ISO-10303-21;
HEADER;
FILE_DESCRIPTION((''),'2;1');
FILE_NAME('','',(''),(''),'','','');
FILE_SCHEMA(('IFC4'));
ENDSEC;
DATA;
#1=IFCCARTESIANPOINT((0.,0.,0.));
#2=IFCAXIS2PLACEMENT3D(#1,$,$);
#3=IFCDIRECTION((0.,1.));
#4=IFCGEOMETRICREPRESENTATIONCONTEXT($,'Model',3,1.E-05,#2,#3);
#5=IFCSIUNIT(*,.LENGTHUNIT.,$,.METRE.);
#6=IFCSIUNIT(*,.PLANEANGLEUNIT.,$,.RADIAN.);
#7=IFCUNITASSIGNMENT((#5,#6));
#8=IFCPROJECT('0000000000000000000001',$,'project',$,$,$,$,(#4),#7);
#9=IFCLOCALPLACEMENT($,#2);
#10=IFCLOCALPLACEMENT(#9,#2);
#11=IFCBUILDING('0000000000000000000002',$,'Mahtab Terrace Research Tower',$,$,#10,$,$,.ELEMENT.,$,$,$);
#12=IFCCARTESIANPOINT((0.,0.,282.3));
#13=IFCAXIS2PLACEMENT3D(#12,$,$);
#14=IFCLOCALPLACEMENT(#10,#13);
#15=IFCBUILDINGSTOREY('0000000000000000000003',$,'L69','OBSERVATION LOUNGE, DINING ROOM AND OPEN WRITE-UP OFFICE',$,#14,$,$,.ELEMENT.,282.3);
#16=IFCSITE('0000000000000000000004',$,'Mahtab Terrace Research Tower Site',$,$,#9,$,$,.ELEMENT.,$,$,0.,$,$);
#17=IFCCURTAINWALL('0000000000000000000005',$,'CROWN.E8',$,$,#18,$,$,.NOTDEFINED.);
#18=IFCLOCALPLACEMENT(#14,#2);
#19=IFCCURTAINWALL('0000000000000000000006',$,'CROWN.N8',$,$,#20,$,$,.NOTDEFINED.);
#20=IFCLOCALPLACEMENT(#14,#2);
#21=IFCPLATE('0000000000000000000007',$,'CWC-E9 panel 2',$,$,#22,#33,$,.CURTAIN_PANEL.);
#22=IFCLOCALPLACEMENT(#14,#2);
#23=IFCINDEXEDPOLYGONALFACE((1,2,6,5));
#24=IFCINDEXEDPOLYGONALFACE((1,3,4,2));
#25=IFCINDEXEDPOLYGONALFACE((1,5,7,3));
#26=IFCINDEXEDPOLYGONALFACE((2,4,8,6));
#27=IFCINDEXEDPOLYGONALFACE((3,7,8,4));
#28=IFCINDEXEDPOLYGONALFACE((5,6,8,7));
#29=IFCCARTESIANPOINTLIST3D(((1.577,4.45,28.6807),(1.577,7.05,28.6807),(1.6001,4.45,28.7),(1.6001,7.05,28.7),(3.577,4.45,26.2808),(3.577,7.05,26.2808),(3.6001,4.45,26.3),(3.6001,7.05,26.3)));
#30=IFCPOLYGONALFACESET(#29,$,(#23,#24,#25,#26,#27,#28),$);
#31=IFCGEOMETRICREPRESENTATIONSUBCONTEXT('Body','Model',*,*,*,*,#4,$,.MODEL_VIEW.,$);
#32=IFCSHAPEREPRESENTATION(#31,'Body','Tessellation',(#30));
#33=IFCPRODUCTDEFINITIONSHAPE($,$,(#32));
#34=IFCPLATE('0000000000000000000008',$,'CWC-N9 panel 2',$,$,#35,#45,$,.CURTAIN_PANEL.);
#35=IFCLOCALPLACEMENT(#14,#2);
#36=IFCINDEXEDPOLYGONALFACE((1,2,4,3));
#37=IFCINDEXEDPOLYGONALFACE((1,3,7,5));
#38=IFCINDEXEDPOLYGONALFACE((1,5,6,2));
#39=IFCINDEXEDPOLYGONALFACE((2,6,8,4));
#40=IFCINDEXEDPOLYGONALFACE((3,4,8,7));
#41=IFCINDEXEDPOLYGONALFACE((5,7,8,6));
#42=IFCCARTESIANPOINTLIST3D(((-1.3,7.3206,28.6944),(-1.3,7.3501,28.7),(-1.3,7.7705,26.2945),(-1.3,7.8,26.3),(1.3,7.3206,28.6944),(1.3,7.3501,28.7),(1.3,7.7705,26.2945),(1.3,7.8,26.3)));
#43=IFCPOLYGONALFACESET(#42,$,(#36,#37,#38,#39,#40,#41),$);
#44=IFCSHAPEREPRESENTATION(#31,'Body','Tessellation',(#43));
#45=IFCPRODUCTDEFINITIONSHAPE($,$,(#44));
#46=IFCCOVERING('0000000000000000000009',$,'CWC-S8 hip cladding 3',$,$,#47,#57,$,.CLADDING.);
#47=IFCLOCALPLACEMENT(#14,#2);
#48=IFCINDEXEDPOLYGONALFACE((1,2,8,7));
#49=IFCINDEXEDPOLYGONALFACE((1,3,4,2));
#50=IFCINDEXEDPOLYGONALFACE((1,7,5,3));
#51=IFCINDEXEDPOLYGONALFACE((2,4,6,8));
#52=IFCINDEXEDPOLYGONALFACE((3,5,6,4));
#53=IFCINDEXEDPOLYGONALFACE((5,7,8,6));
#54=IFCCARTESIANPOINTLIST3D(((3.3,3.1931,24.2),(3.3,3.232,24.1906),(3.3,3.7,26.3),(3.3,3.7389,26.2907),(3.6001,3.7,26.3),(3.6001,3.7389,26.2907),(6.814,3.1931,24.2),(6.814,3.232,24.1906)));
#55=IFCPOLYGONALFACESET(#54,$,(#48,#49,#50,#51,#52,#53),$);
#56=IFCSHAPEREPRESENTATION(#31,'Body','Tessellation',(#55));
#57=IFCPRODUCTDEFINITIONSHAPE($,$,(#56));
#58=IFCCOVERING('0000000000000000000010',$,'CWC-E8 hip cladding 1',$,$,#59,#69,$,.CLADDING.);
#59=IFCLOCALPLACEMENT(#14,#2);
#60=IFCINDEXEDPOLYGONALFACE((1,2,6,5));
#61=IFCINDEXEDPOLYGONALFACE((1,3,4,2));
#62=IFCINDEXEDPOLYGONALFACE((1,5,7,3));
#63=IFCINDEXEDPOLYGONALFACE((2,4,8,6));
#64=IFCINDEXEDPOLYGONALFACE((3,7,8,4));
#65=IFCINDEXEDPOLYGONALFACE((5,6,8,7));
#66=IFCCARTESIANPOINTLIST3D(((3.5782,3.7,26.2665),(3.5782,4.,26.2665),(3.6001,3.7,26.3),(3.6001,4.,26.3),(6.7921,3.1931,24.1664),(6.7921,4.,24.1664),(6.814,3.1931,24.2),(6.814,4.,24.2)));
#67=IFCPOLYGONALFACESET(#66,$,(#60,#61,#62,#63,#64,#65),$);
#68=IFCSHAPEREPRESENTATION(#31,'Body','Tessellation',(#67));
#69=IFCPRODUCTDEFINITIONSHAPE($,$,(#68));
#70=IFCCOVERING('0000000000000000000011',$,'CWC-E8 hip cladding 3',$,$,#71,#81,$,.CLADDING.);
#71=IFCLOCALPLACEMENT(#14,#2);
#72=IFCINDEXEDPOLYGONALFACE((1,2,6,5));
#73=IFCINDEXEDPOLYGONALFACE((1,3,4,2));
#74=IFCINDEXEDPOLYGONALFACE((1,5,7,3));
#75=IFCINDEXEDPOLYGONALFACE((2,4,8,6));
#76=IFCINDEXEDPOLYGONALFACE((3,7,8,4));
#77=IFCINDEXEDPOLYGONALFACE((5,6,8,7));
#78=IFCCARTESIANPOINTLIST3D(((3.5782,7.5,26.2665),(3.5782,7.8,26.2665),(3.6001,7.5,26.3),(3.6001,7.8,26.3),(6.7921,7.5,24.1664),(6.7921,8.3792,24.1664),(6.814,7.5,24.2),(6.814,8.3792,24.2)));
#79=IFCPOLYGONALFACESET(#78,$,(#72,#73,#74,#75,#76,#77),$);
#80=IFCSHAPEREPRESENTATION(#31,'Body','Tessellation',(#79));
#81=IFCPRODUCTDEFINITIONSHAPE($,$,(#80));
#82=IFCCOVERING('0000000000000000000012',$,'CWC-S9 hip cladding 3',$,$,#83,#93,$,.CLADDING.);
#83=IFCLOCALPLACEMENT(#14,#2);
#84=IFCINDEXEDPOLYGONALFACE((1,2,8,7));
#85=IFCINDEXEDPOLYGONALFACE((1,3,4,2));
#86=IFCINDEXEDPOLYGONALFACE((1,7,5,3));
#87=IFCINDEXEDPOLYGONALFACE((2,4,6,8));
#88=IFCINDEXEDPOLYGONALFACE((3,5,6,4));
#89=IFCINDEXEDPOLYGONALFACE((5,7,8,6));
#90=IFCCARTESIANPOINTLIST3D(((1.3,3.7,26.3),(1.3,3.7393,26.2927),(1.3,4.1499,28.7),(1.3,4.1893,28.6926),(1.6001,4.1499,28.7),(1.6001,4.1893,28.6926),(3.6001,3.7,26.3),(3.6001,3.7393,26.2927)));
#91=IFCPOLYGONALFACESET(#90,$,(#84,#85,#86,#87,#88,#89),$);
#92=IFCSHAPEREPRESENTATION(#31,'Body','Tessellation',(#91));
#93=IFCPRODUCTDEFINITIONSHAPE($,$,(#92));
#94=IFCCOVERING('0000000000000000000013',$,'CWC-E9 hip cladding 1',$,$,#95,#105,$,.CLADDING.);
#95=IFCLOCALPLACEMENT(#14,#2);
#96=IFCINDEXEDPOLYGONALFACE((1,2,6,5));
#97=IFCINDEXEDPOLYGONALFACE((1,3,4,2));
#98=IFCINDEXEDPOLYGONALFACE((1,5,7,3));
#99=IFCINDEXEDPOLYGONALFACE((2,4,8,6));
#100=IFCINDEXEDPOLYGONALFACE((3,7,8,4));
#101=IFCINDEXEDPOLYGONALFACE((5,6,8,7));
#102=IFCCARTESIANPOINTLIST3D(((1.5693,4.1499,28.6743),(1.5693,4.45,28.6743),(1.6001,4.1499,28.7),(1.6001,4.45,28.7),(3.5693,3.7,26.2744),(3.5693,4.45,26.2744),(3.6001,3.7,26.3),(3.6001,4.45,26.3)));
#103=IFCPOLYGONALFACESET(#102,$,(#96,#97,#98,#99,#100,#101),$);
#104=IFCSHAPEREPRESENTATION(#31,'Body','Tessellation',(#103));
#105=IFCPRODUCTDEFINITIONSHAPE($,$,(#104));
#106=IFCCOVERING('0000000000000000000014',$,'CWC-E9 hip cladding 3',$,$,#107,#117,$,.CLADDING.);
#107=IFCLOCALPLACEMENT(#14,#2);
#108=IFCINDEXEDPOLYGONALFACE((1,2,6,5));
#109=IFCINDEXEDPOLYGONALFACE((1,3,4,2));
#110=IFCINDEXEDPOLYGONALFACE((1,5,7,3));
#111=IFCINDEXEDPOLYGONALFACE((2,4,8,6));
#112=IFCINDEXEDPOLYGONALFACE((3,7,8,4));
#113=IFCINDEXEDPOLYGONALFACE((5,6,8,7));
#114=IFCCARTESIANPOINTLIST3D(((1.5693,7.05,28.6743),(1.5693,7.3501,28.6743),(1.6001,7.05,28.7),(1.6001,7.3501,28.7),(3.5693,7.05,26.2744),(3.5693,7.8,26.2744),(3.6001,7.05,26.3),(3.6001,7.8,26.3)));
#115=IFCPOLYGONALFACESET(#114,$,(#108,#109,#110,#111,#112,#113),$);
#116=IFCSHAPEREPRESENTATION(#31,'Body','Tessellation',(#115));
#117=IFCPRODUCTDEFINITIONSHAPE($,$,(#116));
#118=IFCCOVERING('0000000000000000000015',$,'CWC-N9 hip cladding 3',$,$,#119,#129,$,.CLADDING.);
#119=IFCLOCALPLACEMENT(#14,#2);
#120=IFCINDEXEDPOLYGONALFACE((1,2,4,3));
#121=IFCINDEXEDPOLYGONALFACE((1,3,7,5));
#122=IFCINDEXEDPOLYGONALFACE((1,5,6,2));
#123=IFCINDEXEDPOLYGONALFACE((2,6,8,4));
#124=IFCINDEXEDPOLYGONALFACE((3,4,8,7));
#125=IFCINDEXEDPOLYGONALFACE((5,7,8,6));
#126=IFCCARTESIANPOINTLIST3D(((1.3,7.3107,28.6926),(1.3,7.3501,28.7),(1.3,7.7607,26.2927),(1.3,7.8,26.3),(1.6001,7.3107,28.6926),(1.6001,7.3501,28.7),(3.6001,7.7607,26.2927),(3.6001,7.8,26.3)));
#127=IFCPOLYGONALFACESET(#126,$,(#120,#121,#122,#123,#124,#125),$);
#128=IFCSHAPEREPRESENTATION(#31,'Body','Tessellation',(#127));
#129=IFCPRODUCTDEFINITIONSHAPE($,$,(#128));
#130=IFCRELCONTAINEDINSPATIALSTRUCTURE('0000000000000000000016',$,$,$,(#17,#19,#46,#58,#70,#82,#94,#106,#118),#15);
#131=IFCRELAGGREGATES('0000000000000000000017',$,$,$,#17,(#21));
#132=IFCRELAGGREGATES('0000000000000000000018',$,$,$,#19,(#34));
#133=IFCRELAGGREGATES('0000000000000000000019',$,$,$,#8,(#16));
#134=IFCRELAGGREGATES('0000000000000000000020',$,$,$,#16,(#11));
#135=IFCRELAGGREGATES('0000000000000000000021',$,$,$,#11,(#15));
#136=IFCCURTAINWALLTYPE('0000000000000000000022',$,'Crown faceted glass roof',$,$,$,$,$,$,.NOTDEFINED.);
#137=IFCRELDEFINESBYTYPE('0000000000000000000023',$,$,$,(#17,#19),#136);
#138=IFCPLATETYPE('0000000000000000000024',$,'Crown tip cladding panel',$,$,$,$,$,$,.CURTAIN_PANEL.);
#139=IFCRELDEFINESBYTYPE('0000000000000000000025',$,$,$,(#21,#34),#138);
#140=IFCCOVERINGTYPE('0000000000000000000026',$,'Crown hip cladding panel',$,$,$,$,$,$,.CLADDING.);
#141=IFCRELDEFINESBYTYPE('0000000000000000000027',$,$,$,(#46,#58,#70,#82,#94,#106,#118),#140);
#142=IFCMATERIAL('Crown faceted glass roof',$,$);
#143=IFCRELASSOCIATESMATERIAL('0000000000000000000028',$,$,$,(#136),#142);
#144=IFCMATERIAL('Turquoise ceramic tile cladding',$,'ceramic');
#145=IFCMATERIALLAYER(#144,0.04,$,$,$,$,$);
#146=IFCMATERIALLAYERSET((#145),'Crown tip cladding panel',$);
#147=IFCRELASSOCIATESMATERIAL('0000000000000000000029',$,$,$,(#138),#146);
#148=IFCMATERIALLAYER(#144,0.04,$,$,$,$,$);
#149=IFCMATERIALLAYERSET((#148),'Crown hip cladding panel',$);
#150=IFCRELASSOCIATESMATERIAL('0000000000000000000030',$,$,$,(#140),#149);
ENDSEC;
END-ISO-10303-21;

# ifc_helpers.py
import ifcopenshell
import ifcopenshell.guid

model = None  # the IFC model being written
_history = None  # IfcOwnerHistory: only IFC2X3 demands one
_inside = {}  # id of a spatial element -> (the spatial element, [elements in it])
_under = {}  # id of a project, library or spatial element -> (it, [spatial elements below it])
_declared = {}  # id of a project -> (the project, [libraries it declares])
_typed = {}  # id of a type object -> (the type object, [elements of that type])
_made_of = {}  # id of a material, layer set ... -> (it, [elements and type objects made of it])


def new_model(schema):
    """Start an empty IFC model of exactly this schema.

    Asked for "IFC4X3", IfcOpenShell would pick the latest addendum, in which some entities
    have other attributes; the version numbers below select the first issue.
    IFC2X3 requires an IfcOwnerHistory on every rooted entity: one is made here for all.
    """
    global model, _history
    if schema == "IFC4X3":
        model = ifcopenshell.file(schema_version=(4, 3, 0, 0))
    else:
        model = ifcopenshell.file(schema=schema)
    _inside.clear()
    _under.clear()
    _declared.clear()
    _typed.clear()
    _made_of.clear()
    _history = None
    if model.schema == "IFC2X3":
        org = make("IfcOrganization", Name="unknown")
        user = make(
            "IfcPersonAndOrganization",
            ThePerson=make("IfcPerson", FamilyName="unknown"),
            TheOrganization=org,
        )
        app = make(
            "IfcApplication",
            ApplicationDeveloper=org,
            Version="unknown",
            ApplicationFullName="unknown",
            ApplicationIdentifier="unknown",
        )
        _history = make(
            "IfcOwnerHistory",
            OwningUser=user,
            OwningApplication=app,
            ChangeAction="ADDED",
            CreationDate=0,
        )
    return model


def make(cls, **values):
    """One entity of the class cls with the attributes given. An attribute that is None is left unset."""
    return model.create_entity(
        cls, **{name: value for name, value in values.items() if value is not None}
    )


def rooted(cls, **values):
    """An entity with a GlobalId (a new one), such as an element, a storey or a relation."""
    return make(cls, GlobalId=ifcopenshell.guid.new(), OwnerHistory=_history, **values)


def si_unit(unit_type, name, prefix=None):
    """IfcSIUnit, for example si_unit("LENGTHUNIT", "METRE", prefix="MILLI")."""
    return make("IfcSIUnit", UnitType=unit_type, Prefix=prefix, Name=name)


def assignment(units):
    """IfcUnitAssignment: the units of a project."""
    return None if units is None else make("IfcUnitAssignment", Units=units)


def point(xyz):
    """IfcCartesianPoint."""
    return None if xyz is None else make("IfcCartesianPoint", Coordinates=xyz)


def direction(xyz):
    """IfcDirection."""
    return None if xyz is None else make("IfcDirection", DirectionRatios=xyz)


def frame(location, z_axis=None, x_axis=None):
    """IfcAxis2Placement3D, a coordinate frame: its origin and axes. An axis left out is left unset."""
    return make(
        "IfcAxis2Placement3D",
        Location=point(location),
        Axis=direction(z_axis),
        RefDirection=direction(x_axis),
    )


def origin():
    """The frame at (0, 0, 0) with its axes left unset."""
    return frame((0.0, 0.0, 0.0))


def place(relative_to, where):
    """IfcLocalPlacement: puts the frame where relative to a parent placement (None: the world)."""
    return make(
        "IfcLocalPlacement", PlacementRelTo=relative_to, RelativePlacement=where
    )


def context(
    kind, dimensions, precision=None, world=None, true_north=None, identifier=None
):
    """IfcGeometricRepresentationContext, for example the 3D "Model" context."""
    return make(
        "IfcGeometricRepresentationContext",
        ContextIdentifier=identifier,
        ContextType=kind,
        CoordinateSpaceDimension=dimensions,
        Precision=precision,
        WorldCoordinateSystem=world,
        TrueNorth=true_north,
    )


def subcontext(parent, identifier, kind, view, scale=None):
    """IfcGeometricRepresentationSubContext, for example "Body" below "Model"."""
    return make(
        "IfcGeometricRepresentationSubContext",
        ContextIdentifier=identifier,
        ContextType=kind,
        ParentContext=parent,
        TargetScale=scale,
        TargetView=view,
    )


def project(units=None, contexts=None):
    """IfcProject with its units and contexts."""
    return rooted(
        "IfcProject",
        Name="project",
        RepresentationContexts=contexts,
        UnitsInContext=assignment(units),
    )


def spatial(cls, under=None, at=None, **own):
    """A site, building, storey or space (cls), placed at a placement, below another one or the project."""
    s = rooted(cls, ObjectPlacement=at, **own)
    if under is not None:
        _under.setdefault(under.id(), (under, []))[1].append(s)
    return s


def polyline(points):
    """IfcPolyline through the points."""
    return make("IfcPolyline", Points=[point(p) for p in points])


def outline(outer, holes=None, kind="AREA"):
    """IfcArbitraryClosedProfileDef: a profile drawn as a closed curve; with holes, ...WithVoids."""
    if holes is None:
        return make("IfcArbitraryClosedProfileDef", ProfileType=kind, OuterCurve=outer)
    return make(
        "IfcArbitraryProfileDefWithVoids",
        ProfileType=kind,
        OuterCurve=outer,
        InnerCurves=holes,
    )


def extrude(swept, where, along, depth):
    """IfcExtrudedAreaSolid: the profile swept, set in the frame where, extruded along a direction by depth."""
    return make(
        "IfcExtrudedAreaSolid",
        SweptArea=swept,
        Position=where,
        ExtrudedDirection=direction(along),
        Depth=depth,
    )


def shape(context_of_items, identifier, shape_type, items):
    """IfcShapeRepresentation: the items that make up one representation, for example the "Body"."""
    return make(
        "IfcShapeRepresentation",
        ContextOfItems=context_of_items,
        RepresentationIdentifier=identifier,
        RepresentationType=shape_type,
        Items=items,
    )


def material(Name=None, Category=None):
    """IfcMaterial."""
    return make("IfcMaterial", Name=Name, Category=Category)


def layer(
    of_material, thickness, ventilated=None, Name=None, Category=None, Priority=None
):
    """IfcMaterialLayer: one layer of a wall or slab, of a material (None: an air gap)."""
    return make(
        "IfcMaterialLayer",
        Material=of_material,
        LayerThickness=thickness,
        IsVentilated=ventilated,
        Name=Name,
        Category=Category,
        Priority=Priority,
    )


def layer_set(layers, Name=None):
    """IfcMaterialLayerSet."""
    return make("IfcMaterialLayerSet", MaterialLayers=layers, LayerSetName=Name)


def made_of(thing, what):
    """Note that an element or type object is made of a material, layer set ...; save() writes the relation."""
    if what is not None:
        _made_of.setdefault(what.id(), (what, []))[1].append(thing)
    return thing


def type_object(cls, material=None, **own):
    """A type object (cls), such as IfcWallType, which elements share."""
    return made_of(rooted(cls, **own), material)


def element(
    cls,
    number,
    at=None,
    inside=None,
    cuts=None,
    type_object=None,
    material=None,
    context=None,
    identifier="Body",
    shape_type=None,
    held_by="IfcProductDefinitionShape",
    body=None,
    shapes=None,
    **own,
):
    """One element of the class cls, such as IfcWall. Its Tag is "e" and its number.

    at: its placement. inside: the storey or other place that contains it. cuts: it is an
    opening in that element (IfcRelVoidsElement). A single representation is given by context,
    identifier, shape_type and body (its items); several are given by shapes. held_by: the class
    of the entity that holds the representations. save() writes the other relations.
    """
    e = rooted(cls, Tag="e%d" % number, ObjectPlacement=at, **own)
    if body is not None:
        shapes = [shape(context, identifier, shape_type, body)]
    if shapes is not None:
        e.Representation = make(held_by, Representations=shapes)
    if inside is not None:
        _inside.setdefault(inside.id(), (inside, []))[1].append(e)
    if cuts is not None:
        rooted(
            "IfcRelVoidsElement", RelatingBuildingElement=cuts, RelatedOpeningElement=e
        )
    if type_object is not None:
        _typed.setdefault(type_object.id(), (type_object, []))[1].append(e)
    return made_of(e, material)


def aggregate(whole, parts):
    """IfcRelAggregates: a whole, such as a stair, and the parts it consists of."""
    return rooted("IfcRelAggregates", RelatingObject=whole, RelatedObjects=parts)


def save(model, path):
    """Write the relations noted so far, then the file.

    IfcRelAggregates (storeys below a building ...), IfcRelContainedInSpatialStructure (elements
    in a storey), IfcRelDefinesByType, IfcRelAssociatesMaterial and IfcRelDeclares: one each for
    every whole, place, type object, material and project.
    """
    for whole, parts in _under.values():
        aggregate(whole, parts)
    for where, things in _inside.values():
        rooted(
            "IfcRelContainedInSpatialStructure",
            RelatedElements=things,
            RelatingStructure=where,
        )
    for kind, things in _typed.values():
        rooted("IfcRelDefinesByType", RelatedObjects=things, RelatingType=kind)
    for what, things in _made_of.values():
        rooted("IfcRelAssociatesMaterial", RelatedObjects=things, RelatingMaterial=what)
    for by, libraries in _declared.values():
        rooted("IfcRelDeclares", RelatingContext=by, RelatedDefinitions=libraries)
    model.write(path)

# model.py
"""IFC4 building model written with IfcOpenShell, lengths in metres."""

from ifc_helpers import new_model, si_unit, direction, frame, origin, place, context, subcontext, project, spatial, polyline, outline, extrude, material, layer, layer_set, type_object, element, aggregate, save


model = new_model("IFC4")

# Units and contexts
model_context = context("Model", 3, precision=1e-05, world=origin(), true_north=direction((0.0, 1.0)))
body_context = subcontext(model_context, "Body", "Model", "MODEL_VIEW")
ifc_project = project(units=[si_unit("LENGTHUNIT", "METRE"), si_unit("PLANEANGLEUNIT", "RADIAN")], contexts=[model_context])

# Site, building, storey
site_placement = place(None, origin())
site = spatial("IfcSite", under=ifc_project, at=site_placement, Name="Mahtab Terrace Research Tower Site", CompositionType="ELEMENT", RefElevation=0.0)
building_placement = place(site_placement, origin())
building = spatial("IfcBuilding", under=site, at=building_placement, Name="Mahtab Terrace Research Tower", CompositionType="ELEMENT")
storey_placement = place(building_placement, frame((0.0, 0.0, 282.3)))
storey = spatial("IfcBuildingStorey", under=building, at=storey_placement, Name="L69", Description="OBSERVATION LOUNGE, DINING ROOM AND OPEN WRITE-UP OFFICE", CompositionType="ELEMENT", Elevation=282.3)

# Shared definitions
ifc_material_1 = material(Name="Crown faceted glass roof")
curtain_wall_type = type_object("IfcCurtainWallType", Name="Crown faceted glass roof", PredefinedType="NOTDEFINED", material=ifc_material_1)

# Curtain wall
curtain_wall_1_placement = place(storey_placement, origin())
curtain_wall_1 = element("IfcCurtainWall", 1, at=curtain_wall_1_placement, inside=storey, type_object=curtain_wall_type, Name="CROWN.E8", PredefinedType="NOTDEFINED")

# Curtain wall
curtain_wall_2_placement = place(storey_placement, origin())
curtain_wall_2 = element("IfcCurtainWall", 2, at=curtain_wall_2_placement, inside=storey, type_object=curtain_wall_type, Name="CROWN.N8", PredefinedType="NOTDEFINED")

# Plates
ifc_material_2 = material(Name="Turquoise ceramic tile cladding", Category="ceramic")
ifc_layer_1 = layer(ifc_material_2, 0.04)
ifc_layer_set_1 = layer_set([ifc_layer_1], Name="Crown tip cladding panel")
plate_type_1 = type_object("IfcPlateType", Name="Crown tip cladding panel", PredefinedType="CURTAIN_PANEL", material=ifc_layer_set_1)
plate_1_placement = place(storey_placement, frame((3.6001, 4.45, 26.3), z_axis=(0.768208, 0.0, 0.6402), x_axis=(0.0, 1.0, 0.0)))
plate_1 = element("IfcPlate", 3, at=plate_1_placement, type_object=plate_type_1, Name="CWC-E9 panel 2", PredefinedType="CURTAIN_PANEL", context=body_context, shape_type="SweptSolid", body=[
    extrude(outline(polyline([(0.0, 0.0), (2.6001, 0.0), (2.6001, 3.124), (0.0, 3.124), (0.0, 0.0)])), origin(), (0.0, 0.0, -1.0), 0.03),
])
aggregate(curtain_wall_1, [plate_1])
plate_2_placement = place(storey_placement, frame((1.3, 7.3501, 28.7), z_axis=(0.0, 0.982874, 0.184276), x_axis=(0.0, 0.184276, -0.982874)))
plate_2 = element("IfcPlate", 4, at=plate_2_placement, type_object=plate_type_1, Name="CWC-N9 panel 2", PredefinedType="CURTAIN_PANEL", context=body_context, shape_type="SweptSolid", body=[
    extrude(outline(polyline([(0.0, 0.0), (2.4417, 0.0), (2.4417, 2.6001), (0.0, 2.6001), (0.0, 0.0)])), origin(), (0.0, 0.0, -1.0), 0.03),
])
aggregate(curtain_wall_2, [plate_2])

# Coverings
ifc_layer_2 = layer(ifc_material_2, 0.04)
ifc_layer_set_2 = layer_set([ifc_layer_2], Name="Crown hip cladding panel")
covering_type = type_object("IfcCoveringType", Name="Crown hip cladding panel", PredefinedType="CLADDING", material=ifc_layer_set_2)
covering_1_placement = place(storey_placement, frame((3.6001, 3.7, 26.3), z_axis=(0.0, -0.972091, 0.234604), x_axis=(0.829921, -0.130881, -0.542311)))
element("IfcCovering", 5, at=covering_1_placement, inside=storey, type_object=covering_type, Name="CWC-S8 hip cladding 3", PredefinedType="CLADDING", context=body_context, shape_type="SweptSolid", body=[
    extrude(outline(polyline([(0.0, 0.0), (3.8725, 0.0), (0.9562, -1.9603), (-0.249, -0.1674), (0.0, 0.0)])), origin(), (0.0, 0.0, -1.0), 0.04),
])
covering_2_placement = place(storey_placement, frame((3.6001, 3.7, 26.3), z_axis=(0.547016, 0.0, 0.837122), x_axis=(0.0, 1.0, 0.0)))
element("IfcCovering", 6, at=covering_2_placement, inside=storey, type_object=covering_type, Name="CWC-E8 hip cladding 1", PredefinedType="CLADDING", context=body_context, shape_type="SweptSolid", body=[
    extrude(outline(polyline([(0.0, 0.0), (0.3, 0.0), (0.3, -3.8392), (-0.5068, -3.8392), (0.0, 0.0)])), origin(), (0.0, 0.0, -1.0), 0.04),
])
covering_3_placement = place(storey_placement, frame((3.6001, 7.8, 26.3), z_axis=(0.547016, 0.0, 0.837122), x_axis=(0.827758, 0.149152, -0.540898)))
element("IfcCovering", 7, at=covering_3_placement, inside=storey, type_object=covering_type, Name="CWC-E8 hip cladding 3", PredefinedType="CLADDING", context=body_context, shape_type="SweptSolid", body=[
    extrude(outline(polyline([(0.0, 0.0), (3.8826, 0.0), (3.7515, -0.8693), (-0.0448, -0.2967), (0.0, 0.0)])), origin(), (0.0, 0.0, -1.0), 0.04),
])
covering_4_placement = place(storey_placement, frame((1.6001, 4.1499, 28.7), z_axis=(0.0, -0.982874, 0.184276), x_axis=(0.633661, -0.142558, -0.760362)))
element("IfcCovering", 8, at=covering_4_placement, inside=storey, type_object=covering_type, Name="CWC-S9 hip cladding 3", PredefinedType="CLADDING", context=body_context, shape_type="SweptSolid", body=[
    extrude(outline(polyline([(0.0, 0.0), (3.1563, 0.0), (1.6988, -1.7793), (-0.1901, -0.2321), (0.0, 0.0)])), origin(), (0.0, 0.0, -1.0), 0.04),
])
covering_5_placement = place(storey_placement, frame((1.6001, 4.1499, 28.7), z_axis=(0.768208, 0.0, 0.6402), x_axis=(0.0, 1.0, 0.0)))
element("IfcCovering", 9, at=covering_5_placement, inside=storey, type_object=covering_type, Name="CWC-E9 hip cladding 1", PredefinedType="CLADDING", context=body_context, shape_type="SweptSolid", body=[
    extrude(outline(polyline([(0.0, 0.0), (0.3, 0.0), (0.3, -3.124), (-0.45, -3.124), (0.0, 0.0)])), origin(), (0.0, 0.0, -1.0), 0.04),
])
covering_6_placement = place(storey_placement, frame((1.6001, 7.3501, 28.7), z_axis=(0.768208, 0.0, 0.6402), x_axis=(0.633661, 0.142558, -0.760362)))
element("IfcCovering", 10, at=covering_6_placement, inside=storey, type_object=covering_type, Name="CWC-E9 hip cladding 3", PredefinedType="CLADDING", context=body_context, shape_type="SweptSolid", body=[
    extrude(outline(polyline([(0.0, 0.0), (3.1563, 0.0), (3.0493, -0.7423), (-0.0428, -0.297), (0.0, 0.0)])), origin(), (0.0, 0.0, -1.0), 0.04),
])
covering_7_placement = place(storey_placement, frame((3.6001, 7.8, 26.3), z_axis=(0.0, 0.982874, 0.184276), x_axis=(-0.633661, -0.142558, 0.760362)))
element("IfcCovering", 11, at=covering_7_placement, inside=storey, type_object=covering_type, Name="CWC-N9 hip cladding 3", PredefinedType="CLADDING", context=body_context, shape_type="SweptSolid", body=[
    extrude(outline(polyline([(0.0, 0.0), (3.1563, 0.0), (3.3464, -0.2321), (1.4575, -1.7793), (0.0, 0.0)])), origin(), (0.0, 0.0, -1.0), 0.04),
])

save(model, "model.ifc")
